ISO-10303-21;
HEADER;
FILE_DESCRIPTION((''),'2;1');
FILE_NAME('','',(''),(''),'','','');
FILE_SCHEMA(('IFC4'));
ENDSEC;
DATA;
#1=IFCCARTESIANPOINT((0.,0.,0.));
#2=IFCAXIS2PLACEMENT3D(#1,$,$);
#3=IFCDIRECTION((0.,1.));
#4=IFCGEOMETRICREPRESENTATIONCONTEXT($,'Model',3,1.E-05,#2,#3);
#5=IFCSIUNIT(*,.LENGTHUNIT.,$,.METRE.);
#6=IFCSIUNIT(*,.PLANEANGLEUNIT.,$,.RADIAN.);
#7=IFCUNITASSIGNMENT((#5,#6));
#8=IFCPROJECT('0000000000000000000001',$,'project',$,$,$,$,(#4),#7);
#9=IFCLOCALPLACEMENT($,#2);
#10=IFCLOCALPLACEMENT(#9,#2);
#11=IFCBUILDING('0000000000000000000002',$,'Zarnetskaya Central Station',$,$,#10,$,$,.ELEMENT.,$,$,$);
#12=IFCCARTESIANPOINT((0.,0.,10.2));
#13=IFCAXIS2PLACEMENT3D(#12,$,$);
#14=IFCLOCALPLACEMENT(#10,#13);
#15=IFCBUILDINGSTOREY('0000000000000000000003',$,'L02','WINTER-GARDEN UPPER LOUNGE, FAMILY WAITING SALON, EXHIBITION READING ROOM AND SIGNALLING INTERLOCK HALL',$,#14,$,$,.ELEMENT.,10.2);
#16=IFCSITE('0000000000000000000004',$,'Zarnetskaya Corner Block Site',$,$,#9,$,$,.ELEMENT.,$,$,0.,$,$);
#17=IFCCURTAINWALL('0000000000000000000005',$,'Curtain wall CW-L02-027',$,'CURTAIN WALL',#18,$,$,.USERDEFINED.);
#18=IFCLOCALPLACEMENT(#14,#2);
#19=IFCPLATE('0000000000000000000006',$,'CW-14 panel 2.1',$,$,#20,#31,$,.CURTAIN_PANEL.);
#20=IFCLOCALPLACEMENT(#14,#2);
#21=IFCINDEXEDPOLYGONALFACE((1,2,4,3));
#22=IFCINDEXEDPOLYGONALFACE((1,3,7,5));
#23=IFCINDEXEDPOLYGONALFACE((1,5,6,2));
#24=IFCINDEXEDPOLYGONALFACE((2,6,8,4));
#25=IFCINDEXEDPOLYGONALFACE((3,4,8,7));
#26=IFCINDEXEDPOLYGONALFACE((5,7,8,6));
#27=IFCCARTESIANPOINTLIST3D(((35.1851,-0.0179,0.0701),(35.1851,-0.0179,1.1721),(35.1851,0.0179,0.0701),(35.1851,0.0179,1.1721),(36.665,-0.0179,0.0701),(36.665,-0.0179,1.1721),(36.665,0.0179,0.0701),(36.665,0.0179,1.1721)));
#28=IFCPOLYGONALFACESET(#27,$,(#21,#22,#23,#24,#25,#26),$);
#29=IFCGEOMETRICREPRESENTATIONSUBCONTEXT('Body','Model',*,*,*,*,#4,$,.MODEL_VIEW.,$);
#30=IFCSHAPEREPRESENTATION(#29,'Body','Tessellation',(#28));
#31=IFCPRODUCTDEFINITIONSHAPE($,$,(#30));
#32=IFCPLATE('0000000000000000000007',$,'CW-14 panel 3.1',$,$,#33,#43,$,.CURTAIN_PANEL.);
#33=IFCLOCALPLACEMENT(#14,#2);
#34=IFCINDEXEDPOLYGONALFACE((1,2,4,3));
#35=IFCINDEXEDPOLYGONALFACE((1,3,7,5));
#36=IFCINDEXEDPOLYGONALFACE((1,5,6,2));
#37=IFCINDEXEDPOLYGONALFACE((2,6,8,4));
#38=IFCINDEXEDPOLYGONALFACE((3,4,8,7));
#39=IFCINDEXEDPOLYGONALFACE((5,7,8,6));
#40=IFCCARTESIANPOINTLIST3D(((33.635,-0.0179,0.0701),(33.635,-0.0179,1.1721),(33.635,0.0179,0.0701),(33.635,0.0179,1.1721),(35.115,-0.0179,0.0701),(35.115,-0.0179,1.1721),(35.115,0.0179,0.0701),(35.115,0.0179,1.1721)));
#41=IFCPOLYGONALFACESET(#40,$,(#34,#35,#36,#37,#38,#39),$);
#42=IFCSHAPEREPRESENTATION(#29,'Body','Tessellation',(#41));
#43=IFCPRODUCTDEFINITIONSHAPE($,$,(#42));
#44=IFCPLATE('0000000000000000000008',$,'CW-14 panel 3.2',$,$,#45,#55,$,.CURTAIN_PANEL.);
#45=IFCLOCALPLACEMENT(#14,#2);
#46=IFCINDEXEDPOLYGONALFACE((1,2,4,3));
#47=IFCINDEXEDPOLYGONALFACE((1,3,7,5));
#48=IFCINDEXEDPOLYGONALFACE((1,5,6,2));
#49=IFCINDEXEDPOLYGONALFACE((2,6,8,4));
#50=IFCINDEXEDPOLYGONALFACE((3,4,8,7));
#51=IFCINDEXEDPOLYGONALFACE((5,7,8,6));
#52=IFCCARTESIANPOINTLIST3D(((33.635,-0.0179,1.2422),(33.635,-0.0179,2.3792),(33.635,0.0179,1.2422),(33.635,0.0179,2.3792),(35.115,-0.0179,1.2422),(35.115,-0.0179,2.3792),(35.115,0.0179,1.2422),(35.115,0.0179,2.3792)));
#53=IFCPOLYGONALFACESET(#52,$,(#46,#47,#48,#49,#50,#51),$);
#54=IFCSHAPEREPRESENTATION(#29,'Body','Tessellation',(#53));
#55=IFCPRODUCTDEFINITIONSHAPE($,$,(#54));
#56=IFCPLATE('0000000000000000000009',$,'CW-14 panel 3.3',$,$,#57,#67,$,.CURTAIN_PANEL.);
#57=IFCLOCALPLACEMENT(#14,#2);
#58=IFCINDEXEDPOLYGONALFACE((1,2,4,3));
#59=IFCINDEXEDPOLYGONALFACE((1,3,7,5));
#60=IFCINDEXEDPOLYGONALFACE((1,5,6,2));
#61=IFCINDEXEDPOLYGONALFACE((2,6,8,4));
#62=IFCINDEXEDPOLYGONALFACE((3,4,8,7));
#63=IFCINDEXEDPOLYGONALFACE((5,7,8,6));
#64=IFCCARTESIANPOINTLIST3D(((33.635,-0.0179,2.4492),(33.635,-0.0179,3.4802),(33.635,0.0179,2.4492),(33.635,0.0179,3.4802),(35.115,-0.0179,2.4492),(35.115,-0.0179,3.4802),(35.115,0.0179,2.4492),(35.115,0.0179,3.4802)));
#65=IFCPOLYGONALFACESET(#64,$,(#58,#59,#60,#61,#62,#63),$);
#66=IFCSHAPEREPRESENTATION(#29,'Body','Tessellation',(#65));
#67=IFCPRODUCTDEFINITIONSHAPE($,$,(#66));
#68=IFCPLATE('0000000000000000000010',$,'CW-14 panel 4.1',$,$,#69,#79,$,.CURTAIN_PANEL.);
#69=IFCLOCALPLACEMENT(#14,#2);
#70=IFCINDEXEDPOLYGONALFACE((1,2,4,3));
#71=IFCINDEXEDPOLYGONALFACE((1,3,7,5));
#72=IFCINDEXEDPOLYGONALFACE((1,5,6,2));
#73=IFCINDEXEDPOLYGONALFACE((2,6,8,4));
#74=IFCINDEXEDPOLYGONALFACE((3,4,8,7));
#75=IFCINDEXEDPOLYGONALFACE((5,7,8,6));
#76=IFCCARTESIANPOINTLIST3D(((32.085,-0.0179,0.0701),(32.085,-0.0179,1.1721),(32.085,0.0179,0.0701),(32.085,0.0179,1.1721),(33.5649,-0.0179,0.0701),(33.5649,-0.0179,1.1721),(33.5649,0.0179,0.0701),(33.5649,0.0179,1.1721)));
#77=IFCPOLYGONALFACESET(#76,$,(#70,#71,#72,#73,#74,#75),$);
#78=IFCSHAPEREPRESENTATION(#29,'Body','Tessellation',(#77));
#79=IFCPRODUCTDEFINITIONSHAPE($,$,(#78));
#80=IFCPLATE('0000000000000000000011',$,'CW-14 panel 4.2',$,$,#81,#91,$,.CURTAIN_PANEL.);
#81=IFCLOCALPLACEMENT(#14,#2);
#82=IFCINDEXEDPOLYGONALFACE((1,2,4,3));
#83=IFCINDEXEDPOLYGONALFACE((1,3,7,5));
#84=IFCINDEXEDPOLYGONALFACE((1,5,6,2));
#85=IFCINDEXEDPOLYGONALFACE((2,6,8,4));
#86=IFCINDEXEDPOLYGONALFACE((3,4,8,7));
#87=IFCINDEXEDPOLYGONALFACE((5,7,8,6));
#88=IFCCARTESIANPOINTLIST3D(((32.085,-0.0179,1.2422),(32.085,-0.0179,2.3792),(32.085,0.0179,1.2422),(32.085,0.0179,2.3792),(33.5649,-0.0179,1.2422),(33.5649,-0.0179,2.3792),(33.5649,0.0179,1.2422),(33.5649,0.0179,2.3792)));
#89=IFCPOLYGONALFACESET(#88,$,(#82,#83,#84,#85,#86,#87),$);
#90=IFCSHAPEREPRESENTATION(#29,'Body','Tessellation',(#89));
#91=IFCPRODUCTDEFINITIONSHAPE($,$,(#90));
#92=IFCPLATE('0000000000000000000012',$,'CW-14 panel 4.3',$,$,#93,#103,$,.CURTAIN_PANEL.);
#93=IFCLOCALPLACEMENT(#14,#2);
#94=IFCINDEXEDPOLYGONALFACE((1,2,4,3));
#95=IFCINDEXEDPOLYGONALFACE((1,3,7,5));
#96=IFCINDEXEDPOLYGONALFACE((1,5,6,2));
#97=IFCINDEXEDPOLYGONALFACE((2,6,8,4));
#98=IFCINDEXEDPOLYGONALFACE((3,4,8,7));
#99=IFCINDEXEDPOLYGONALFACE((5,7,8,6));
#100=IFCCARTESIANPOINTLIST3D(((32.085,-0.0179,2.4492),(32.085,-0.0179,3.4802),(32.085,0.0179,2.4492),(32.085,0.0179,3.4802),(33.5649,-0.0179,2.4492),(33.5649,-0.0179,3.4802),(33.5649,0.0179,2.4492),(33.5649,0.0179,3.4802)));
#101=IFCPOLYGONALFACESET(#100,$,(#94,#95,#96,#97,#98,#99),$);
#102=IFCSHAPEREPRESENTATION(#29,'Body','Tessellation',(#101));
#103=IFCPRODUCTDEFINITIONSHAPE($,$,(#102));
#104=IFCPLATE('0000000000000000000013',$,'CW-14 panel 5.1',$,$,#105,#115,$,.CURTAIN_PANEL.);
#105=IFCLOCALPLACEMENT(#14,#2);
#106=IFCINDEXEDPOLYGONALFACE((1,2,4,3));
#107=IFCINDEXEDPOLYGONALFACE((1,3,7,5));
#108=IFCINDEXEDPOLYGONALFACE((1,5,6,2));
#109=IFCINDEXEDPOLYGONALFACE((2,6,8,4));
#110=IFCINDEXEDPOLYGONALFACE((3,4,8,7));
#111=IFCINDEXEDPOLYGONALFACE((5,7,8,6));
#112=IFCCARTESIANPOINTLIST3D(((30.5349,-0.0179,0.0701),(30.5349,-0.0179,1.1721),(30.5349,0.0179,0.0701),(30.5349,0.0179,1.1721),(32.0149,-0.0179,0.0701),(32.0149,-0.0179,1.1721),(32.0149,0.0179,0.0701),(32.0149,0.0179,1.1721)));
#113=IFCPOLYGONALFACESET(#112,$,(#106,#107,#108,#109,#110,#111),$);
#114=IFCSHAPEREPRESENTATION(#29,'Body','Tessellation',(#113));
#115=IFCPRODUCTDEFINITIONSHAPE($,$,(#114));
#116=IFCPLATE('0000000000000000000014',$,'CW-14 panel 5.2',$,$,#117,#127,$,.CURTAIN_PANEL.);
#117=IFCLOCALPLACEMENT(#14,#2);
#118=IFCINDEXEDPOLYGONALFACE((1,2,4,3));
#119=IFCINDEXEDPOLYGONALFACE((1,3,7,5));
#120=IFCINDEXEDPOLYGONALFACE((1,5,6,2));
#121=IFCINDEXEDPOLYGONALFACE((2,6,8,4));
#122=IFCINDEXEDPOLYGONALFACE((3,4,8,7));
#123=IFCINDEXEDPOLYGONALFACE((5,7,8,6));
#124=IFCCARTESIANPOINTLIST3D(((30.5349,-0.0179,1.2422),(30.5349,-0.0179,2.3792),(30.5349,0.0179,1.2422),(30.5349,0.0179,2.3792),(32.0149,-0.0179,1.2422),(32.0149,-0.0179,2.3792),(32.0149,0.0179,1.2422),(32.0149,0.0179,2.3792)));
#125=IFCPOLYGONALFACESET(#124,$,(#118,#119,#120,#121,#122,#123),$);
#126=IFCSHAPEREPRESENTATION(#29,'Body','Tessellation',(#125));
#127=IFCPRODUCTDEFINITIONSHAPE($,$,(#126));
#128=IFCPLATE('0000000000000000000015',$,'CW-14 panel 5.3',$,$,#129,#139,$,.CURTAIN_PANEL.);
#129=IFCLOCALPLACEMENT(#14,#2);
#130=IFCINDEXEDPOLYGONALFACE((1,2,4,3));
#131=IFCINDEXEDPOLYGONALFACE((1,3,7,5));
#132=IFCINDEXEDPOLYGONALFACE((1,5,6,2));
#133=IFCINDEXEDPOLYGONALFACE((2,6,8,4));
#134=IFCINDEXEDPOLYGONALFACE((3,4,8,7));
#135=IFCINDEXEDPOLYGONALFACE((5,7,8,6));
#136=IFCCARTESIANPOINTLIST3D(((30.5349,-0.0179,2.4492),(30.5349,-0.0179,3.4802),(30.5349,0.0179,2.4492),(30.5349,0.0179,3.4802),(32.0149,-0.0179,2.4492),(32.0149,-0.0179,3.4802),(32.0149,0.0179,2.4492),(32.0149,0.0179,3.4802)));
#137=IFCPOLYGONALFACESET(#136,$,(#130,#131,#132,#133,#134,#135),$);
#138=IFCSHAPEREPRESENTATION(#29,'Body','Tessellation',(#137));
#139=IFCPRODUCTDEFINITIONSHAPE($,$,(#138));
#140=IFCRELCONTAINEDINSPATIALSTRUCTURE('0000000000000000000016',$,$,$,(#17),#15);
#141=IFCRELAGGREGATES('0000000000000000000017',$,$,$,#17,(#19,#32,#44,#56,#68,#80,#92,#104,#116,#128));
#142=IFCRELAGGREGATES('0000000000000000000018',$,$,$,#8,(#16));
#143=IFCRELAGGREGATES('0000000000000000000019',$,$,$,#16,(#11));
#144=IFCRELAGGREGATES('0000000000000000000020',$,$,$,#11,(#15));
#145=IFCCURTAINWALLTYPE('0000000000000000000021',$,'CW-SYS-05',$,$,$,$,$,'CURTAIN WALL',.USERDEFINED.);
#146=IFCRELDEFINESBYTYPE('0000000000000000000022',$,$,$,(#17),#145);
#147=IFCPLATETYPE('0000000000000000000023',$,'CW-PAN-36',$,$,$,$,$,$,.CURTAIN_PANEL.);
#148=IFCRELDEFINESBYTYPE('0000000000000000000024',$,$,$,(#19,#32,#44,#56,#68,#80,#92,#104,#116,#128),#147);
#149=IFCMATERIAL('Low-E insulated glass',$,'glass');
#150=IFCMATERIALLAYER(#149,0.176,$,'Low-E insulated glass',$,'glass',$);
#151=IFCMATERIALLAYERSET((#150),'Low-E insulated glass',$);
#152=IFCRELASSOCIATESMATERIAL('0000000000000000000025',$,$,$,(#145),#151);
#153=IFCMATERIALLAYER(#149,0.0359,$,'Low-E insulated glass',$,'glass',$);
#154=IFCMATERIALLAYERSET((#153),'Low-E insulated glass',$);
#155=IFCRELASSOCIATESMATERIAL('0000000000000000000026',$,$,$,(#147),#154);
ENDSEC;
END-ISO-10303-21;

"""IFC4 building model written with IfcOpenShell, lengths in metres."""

from ifc_helpers import new_model, si_unit, direction, frame, origin, origin_2d, place, context, subcontext, project, spatial, rectangle, extrude, material, layer, layer_set, type_object, element, aggregate, save


model = new_model("IFC4")

# Units and contexts
model_context = context("Model", 3, precision=1e-05, world=origin(), true_north=direction((0.0, 1.0)))
body_context = subcontext(model_context, "Body", "Model", "MODEL_VIEW")
ifc_project = project(units=[si_unit("LENGTHUNIT", "METRE"), si_unit("PLANEANGLEUNIT", "RADIAN")], contexts=[model_context])

# Site, building, storey
site_placement = place(None, origin())
site = spatial("IfcSite", under=ifc_project, at=site_placement, Name="Zarnetskaya Corner Block Site", CompositionType="ELEMENT", RefElevation=0.0)
building_placement = place(site_placement, origin())
building = spatial("IfcBuilding", under=site, at=building_placement, Name="Zarnetskaya Central Station", CompositionType="ELEMENT")
storey_placement = place(building_placement, frame((0.0, 0.0, 10.2)))
storey = spatial("IfcBuildingStorey", under=building, at=storey_placement, Name="L02", Description="WINTER-GARDEN UPPER LOUNGE, FAMILY WAITING SALON, EXHIBITION READING ROOM AND SIGNALLING INTERLOCK HALL", CompositionType="ELEMENT", Elevation=10.2)

# Curtain wall, plates
ifc_material_1 = material(Name="Low-E insulated glass", Category="glass")
ifc_layer_1 = layer(ifc_material_1, 0.176, Name="Low-E insulated glass", Category="glass")
ifc_layer_set_1 = layer_set([ifc_layer_1], Name="Low-E insulated glass")
curtain_wall_type = type_object("IfcCurtainWallType", Name="CW-SYS-05", ElementType="CURTAIN WALL", PredefinedType="USERDEFINED", material=ifc_layer_set_1)
curtain_wall_placement = place(storey_placement, origin())
curtain_wall = element("IfcCurtainWall", 1, at=curtain_wall_placement, inside=storey, type_object=curtain_wall_type, Name="Curtain wall CW-L02-027", ObjectType="CURTAIN WALL", PredefinedType="USERDEFINED")
ifc_layer_2 = layer(ifc_material_1, 0.0359, Name="Low-E insulated glass", Category="glass")
ifc_layer_set_2 = layer_set([ifc_layer_2], Name="Low-E insulated glass")
plate_type = type_object("IfcPlateType", Name="CW-PAN-36", PredefinedType="CURTAIN_PANEL", material=ifc_layer_set_2)
plate_1_placement = place(storey_placement, frame((35.925, 0.0, 0.0701), z_axis=(0.0, 0.0, 1.0), x_axis=(-1.0, 0.0, 0.0)))
plate_1 = element("IfcPlate", 2, at=plate_1_placement, type_object=plate_type, Name="CW-14 panel 2.1", PredefinedType="CURTAIN_PANEL", context=body_context, shape_type="SweptSolid", body=[
    extrude(rectangle(XDim=1.48, YDim=0.0359, at=origin_2d()), origin(), (0.0, 0.0, 1.0), 1.1021),
])
plate_2_placement = place(storey_placement, frame((34.375, 0.0, 0.0701), z_axis=(0.0, 0.0, 1.0), x_axis=(-1.0, 0.0, 0.0)))
plate_2 = element("IfcPlate", 3, at=plate_2_placement, type_object=plate_type, Name="CW-14 panel 3.1", PredefinedType="CURTAIN_PANEL", context=body_context, shape_type="SweptSolid", body=[
    extrude(rectangle(XDim=1.48, YDim=0.0359, at=origin_2d()), origin(), (0.0, 0.0, 1.0), 1.1021),
])
plate_3_placement = place(storey_placement, frame((34.375, 0.0, 1.2422), z_axis=(0.0, 0.0, 1.0), x_axis=(-1.0, 0.0, 0.0)))
plate_3 = element("IfcPlate", 4, at=plate_3_placement, type_object=plate_type, Name="CW-14 panel 3.2", PredefinedType="CURTAIN_PANEL", context=body_context, shape_type="SweptSolid", body=[
    extrude(rectangle(XDim=1.48, YDim=0.0359, at=origin_2d()), origin(), (0.0, 0.0, 1.0), 1.137),
])
plate_4_placement = place(storey_placement, frame((34.375, 0.0, 2.4492), z_axis=(0.0, 0.0, 1.0), x_axis=(-1.0, 0.0, 0.0)))
plate_4 = element("IfcPlate", 5, at=plate_4_placement, type_object=plate_type, Name="CW-14 panel 3.3", PredefinedType="CURTAIN_PANEL", context=body_context, shape_type="SweptSolid", body=[
    extrude(rectangle(XDim=1.48, YDim=0.0359, at=origin_2d()), origin(), (0.0, 0.0, 1.0), 1.031),
])
plate_5_placement = place(storey_placement, frame((32.825, 0.0, 0.0701), z_axis=(0.0, 0.0, 1.0), x_axis=(-1.0, 0.0, 0.0)))
plate_5 = element("IfcPlate", 6, at=plate_5_placement, type_object=plate_type, Name="CW-14 panel 4.1", PredefinedType="CURTAIN_PANEL", context=body_context, shape_type="SweptSolid", body=[
    extrude(rectangle(XDim=1.48, YDim=0.0359, at=origin_2d()), origin(), (0.0, 0.0, 1.0), 1.1021),
])
plate_6_placement = place(storey_placement, frame((32.825, 0.0, 1.2422), z_axis=(0.0, 0.0, 1.0), x_axis=(-1.0, 0.0, 0.0)))
plate_6 = element("IfcPlate", 7, at=plate_6_placement, type_object=plate_type, Name="CW-14 panel 4.2", PredefinedType="CURTAIN_PANEL", context=body_context, shape_type="SweptSolid", body=[
    extrude(rectangle(XDim=1.48, YDim=0.0359, at=origin_2d()), origin(), (0.0, 0.0, 1.0), 1.137),
])
plate_7_placement = place(storey_placement, frame((32.825, 0.0, 2.4492), z_axis=(0.0, 0.0, 1.0), x_axis=(-1.0, 0.0, 0.0)))
plate_7 = element("IfcPlate", 8, at=plate_7_placement, type_object=plate_type, Name="CW-14 panel 4.3", PredefinedType="CURTAIN_PANEL", context=body_context, shape_type="SweptSolid", body=[
    extrude(rectangle(XDim=1.48, YDim=0.0359, at=origin_2d()), origin(), (0.0, 0.0, 1.0), 1.031),
])
plate_8_placement = place(storey_placement, frame((31.2749, 0.0, 0.0701), z_axis=(0.0, 0.0, 1.0), x_axis=(-1.0, 0.0, 0.0)))
plate_8 = element("IfcPlate", 9, at=plate_8_placement, type_object=plate_type, Name="CW-14 panel 5.1", PredefinedType="CURTAIN_PANEL", context=body_context, shape_type="SweptSolid", body=[
    extrude(rectangle(XDim=1.48, YDim=0.0359, at=origin_2d()), origin(), (0.0, 0.0, 1.0), 1.1021),
])
plate_9_placement = place(storey_placement, frame((31.2749, 0.0, 1.2422), z_axis=(0.0, 0.0, 1.0), x_axis=(-1.0, 0.0, 0.0)))
plate_9 = element("IfcPlate", 10, at=plate_9_placement, type_object=plate_type, Name="CW-14 panel 5.2", PredefinedType="CURTAIN_PANEL", context=body_context, shape_type="SweptSolid", body=[
    extrude(rectangle(XDim=1.48, YDim=0.0359, at=origin_2d()), origin(), (0.0, 0.0, 1.0), 1.137),
])
plate_10_placement = place(storey_placement, frame((31.2749, 0.0, 2.4492), z_axis=(0.0, 0.0, 1.0), x_axis=(-1.0, 0.0, 0.0)))
plate_10 = element("IfcPlate", 11, at=plate_10_placement, type_object=plate_type, Name="CW-14 panel 5.3", PredefinedType="CURTAIN_PANEL", context=body_context, shape_type="SweptSolid", body=[
    extrude(rectangle(XDim=1.48, YDim=0.0359, at=origin_2d()), origin(), (0.0, 0.0, 1.0), 1.031),
])
aggregate(curtain_wall, [plate_1, plate_2, plate_3, plate_4, plate_5, plate_6, plate_7, plate_8, plate_9, plate_10])

save(model, "model.ifc")
